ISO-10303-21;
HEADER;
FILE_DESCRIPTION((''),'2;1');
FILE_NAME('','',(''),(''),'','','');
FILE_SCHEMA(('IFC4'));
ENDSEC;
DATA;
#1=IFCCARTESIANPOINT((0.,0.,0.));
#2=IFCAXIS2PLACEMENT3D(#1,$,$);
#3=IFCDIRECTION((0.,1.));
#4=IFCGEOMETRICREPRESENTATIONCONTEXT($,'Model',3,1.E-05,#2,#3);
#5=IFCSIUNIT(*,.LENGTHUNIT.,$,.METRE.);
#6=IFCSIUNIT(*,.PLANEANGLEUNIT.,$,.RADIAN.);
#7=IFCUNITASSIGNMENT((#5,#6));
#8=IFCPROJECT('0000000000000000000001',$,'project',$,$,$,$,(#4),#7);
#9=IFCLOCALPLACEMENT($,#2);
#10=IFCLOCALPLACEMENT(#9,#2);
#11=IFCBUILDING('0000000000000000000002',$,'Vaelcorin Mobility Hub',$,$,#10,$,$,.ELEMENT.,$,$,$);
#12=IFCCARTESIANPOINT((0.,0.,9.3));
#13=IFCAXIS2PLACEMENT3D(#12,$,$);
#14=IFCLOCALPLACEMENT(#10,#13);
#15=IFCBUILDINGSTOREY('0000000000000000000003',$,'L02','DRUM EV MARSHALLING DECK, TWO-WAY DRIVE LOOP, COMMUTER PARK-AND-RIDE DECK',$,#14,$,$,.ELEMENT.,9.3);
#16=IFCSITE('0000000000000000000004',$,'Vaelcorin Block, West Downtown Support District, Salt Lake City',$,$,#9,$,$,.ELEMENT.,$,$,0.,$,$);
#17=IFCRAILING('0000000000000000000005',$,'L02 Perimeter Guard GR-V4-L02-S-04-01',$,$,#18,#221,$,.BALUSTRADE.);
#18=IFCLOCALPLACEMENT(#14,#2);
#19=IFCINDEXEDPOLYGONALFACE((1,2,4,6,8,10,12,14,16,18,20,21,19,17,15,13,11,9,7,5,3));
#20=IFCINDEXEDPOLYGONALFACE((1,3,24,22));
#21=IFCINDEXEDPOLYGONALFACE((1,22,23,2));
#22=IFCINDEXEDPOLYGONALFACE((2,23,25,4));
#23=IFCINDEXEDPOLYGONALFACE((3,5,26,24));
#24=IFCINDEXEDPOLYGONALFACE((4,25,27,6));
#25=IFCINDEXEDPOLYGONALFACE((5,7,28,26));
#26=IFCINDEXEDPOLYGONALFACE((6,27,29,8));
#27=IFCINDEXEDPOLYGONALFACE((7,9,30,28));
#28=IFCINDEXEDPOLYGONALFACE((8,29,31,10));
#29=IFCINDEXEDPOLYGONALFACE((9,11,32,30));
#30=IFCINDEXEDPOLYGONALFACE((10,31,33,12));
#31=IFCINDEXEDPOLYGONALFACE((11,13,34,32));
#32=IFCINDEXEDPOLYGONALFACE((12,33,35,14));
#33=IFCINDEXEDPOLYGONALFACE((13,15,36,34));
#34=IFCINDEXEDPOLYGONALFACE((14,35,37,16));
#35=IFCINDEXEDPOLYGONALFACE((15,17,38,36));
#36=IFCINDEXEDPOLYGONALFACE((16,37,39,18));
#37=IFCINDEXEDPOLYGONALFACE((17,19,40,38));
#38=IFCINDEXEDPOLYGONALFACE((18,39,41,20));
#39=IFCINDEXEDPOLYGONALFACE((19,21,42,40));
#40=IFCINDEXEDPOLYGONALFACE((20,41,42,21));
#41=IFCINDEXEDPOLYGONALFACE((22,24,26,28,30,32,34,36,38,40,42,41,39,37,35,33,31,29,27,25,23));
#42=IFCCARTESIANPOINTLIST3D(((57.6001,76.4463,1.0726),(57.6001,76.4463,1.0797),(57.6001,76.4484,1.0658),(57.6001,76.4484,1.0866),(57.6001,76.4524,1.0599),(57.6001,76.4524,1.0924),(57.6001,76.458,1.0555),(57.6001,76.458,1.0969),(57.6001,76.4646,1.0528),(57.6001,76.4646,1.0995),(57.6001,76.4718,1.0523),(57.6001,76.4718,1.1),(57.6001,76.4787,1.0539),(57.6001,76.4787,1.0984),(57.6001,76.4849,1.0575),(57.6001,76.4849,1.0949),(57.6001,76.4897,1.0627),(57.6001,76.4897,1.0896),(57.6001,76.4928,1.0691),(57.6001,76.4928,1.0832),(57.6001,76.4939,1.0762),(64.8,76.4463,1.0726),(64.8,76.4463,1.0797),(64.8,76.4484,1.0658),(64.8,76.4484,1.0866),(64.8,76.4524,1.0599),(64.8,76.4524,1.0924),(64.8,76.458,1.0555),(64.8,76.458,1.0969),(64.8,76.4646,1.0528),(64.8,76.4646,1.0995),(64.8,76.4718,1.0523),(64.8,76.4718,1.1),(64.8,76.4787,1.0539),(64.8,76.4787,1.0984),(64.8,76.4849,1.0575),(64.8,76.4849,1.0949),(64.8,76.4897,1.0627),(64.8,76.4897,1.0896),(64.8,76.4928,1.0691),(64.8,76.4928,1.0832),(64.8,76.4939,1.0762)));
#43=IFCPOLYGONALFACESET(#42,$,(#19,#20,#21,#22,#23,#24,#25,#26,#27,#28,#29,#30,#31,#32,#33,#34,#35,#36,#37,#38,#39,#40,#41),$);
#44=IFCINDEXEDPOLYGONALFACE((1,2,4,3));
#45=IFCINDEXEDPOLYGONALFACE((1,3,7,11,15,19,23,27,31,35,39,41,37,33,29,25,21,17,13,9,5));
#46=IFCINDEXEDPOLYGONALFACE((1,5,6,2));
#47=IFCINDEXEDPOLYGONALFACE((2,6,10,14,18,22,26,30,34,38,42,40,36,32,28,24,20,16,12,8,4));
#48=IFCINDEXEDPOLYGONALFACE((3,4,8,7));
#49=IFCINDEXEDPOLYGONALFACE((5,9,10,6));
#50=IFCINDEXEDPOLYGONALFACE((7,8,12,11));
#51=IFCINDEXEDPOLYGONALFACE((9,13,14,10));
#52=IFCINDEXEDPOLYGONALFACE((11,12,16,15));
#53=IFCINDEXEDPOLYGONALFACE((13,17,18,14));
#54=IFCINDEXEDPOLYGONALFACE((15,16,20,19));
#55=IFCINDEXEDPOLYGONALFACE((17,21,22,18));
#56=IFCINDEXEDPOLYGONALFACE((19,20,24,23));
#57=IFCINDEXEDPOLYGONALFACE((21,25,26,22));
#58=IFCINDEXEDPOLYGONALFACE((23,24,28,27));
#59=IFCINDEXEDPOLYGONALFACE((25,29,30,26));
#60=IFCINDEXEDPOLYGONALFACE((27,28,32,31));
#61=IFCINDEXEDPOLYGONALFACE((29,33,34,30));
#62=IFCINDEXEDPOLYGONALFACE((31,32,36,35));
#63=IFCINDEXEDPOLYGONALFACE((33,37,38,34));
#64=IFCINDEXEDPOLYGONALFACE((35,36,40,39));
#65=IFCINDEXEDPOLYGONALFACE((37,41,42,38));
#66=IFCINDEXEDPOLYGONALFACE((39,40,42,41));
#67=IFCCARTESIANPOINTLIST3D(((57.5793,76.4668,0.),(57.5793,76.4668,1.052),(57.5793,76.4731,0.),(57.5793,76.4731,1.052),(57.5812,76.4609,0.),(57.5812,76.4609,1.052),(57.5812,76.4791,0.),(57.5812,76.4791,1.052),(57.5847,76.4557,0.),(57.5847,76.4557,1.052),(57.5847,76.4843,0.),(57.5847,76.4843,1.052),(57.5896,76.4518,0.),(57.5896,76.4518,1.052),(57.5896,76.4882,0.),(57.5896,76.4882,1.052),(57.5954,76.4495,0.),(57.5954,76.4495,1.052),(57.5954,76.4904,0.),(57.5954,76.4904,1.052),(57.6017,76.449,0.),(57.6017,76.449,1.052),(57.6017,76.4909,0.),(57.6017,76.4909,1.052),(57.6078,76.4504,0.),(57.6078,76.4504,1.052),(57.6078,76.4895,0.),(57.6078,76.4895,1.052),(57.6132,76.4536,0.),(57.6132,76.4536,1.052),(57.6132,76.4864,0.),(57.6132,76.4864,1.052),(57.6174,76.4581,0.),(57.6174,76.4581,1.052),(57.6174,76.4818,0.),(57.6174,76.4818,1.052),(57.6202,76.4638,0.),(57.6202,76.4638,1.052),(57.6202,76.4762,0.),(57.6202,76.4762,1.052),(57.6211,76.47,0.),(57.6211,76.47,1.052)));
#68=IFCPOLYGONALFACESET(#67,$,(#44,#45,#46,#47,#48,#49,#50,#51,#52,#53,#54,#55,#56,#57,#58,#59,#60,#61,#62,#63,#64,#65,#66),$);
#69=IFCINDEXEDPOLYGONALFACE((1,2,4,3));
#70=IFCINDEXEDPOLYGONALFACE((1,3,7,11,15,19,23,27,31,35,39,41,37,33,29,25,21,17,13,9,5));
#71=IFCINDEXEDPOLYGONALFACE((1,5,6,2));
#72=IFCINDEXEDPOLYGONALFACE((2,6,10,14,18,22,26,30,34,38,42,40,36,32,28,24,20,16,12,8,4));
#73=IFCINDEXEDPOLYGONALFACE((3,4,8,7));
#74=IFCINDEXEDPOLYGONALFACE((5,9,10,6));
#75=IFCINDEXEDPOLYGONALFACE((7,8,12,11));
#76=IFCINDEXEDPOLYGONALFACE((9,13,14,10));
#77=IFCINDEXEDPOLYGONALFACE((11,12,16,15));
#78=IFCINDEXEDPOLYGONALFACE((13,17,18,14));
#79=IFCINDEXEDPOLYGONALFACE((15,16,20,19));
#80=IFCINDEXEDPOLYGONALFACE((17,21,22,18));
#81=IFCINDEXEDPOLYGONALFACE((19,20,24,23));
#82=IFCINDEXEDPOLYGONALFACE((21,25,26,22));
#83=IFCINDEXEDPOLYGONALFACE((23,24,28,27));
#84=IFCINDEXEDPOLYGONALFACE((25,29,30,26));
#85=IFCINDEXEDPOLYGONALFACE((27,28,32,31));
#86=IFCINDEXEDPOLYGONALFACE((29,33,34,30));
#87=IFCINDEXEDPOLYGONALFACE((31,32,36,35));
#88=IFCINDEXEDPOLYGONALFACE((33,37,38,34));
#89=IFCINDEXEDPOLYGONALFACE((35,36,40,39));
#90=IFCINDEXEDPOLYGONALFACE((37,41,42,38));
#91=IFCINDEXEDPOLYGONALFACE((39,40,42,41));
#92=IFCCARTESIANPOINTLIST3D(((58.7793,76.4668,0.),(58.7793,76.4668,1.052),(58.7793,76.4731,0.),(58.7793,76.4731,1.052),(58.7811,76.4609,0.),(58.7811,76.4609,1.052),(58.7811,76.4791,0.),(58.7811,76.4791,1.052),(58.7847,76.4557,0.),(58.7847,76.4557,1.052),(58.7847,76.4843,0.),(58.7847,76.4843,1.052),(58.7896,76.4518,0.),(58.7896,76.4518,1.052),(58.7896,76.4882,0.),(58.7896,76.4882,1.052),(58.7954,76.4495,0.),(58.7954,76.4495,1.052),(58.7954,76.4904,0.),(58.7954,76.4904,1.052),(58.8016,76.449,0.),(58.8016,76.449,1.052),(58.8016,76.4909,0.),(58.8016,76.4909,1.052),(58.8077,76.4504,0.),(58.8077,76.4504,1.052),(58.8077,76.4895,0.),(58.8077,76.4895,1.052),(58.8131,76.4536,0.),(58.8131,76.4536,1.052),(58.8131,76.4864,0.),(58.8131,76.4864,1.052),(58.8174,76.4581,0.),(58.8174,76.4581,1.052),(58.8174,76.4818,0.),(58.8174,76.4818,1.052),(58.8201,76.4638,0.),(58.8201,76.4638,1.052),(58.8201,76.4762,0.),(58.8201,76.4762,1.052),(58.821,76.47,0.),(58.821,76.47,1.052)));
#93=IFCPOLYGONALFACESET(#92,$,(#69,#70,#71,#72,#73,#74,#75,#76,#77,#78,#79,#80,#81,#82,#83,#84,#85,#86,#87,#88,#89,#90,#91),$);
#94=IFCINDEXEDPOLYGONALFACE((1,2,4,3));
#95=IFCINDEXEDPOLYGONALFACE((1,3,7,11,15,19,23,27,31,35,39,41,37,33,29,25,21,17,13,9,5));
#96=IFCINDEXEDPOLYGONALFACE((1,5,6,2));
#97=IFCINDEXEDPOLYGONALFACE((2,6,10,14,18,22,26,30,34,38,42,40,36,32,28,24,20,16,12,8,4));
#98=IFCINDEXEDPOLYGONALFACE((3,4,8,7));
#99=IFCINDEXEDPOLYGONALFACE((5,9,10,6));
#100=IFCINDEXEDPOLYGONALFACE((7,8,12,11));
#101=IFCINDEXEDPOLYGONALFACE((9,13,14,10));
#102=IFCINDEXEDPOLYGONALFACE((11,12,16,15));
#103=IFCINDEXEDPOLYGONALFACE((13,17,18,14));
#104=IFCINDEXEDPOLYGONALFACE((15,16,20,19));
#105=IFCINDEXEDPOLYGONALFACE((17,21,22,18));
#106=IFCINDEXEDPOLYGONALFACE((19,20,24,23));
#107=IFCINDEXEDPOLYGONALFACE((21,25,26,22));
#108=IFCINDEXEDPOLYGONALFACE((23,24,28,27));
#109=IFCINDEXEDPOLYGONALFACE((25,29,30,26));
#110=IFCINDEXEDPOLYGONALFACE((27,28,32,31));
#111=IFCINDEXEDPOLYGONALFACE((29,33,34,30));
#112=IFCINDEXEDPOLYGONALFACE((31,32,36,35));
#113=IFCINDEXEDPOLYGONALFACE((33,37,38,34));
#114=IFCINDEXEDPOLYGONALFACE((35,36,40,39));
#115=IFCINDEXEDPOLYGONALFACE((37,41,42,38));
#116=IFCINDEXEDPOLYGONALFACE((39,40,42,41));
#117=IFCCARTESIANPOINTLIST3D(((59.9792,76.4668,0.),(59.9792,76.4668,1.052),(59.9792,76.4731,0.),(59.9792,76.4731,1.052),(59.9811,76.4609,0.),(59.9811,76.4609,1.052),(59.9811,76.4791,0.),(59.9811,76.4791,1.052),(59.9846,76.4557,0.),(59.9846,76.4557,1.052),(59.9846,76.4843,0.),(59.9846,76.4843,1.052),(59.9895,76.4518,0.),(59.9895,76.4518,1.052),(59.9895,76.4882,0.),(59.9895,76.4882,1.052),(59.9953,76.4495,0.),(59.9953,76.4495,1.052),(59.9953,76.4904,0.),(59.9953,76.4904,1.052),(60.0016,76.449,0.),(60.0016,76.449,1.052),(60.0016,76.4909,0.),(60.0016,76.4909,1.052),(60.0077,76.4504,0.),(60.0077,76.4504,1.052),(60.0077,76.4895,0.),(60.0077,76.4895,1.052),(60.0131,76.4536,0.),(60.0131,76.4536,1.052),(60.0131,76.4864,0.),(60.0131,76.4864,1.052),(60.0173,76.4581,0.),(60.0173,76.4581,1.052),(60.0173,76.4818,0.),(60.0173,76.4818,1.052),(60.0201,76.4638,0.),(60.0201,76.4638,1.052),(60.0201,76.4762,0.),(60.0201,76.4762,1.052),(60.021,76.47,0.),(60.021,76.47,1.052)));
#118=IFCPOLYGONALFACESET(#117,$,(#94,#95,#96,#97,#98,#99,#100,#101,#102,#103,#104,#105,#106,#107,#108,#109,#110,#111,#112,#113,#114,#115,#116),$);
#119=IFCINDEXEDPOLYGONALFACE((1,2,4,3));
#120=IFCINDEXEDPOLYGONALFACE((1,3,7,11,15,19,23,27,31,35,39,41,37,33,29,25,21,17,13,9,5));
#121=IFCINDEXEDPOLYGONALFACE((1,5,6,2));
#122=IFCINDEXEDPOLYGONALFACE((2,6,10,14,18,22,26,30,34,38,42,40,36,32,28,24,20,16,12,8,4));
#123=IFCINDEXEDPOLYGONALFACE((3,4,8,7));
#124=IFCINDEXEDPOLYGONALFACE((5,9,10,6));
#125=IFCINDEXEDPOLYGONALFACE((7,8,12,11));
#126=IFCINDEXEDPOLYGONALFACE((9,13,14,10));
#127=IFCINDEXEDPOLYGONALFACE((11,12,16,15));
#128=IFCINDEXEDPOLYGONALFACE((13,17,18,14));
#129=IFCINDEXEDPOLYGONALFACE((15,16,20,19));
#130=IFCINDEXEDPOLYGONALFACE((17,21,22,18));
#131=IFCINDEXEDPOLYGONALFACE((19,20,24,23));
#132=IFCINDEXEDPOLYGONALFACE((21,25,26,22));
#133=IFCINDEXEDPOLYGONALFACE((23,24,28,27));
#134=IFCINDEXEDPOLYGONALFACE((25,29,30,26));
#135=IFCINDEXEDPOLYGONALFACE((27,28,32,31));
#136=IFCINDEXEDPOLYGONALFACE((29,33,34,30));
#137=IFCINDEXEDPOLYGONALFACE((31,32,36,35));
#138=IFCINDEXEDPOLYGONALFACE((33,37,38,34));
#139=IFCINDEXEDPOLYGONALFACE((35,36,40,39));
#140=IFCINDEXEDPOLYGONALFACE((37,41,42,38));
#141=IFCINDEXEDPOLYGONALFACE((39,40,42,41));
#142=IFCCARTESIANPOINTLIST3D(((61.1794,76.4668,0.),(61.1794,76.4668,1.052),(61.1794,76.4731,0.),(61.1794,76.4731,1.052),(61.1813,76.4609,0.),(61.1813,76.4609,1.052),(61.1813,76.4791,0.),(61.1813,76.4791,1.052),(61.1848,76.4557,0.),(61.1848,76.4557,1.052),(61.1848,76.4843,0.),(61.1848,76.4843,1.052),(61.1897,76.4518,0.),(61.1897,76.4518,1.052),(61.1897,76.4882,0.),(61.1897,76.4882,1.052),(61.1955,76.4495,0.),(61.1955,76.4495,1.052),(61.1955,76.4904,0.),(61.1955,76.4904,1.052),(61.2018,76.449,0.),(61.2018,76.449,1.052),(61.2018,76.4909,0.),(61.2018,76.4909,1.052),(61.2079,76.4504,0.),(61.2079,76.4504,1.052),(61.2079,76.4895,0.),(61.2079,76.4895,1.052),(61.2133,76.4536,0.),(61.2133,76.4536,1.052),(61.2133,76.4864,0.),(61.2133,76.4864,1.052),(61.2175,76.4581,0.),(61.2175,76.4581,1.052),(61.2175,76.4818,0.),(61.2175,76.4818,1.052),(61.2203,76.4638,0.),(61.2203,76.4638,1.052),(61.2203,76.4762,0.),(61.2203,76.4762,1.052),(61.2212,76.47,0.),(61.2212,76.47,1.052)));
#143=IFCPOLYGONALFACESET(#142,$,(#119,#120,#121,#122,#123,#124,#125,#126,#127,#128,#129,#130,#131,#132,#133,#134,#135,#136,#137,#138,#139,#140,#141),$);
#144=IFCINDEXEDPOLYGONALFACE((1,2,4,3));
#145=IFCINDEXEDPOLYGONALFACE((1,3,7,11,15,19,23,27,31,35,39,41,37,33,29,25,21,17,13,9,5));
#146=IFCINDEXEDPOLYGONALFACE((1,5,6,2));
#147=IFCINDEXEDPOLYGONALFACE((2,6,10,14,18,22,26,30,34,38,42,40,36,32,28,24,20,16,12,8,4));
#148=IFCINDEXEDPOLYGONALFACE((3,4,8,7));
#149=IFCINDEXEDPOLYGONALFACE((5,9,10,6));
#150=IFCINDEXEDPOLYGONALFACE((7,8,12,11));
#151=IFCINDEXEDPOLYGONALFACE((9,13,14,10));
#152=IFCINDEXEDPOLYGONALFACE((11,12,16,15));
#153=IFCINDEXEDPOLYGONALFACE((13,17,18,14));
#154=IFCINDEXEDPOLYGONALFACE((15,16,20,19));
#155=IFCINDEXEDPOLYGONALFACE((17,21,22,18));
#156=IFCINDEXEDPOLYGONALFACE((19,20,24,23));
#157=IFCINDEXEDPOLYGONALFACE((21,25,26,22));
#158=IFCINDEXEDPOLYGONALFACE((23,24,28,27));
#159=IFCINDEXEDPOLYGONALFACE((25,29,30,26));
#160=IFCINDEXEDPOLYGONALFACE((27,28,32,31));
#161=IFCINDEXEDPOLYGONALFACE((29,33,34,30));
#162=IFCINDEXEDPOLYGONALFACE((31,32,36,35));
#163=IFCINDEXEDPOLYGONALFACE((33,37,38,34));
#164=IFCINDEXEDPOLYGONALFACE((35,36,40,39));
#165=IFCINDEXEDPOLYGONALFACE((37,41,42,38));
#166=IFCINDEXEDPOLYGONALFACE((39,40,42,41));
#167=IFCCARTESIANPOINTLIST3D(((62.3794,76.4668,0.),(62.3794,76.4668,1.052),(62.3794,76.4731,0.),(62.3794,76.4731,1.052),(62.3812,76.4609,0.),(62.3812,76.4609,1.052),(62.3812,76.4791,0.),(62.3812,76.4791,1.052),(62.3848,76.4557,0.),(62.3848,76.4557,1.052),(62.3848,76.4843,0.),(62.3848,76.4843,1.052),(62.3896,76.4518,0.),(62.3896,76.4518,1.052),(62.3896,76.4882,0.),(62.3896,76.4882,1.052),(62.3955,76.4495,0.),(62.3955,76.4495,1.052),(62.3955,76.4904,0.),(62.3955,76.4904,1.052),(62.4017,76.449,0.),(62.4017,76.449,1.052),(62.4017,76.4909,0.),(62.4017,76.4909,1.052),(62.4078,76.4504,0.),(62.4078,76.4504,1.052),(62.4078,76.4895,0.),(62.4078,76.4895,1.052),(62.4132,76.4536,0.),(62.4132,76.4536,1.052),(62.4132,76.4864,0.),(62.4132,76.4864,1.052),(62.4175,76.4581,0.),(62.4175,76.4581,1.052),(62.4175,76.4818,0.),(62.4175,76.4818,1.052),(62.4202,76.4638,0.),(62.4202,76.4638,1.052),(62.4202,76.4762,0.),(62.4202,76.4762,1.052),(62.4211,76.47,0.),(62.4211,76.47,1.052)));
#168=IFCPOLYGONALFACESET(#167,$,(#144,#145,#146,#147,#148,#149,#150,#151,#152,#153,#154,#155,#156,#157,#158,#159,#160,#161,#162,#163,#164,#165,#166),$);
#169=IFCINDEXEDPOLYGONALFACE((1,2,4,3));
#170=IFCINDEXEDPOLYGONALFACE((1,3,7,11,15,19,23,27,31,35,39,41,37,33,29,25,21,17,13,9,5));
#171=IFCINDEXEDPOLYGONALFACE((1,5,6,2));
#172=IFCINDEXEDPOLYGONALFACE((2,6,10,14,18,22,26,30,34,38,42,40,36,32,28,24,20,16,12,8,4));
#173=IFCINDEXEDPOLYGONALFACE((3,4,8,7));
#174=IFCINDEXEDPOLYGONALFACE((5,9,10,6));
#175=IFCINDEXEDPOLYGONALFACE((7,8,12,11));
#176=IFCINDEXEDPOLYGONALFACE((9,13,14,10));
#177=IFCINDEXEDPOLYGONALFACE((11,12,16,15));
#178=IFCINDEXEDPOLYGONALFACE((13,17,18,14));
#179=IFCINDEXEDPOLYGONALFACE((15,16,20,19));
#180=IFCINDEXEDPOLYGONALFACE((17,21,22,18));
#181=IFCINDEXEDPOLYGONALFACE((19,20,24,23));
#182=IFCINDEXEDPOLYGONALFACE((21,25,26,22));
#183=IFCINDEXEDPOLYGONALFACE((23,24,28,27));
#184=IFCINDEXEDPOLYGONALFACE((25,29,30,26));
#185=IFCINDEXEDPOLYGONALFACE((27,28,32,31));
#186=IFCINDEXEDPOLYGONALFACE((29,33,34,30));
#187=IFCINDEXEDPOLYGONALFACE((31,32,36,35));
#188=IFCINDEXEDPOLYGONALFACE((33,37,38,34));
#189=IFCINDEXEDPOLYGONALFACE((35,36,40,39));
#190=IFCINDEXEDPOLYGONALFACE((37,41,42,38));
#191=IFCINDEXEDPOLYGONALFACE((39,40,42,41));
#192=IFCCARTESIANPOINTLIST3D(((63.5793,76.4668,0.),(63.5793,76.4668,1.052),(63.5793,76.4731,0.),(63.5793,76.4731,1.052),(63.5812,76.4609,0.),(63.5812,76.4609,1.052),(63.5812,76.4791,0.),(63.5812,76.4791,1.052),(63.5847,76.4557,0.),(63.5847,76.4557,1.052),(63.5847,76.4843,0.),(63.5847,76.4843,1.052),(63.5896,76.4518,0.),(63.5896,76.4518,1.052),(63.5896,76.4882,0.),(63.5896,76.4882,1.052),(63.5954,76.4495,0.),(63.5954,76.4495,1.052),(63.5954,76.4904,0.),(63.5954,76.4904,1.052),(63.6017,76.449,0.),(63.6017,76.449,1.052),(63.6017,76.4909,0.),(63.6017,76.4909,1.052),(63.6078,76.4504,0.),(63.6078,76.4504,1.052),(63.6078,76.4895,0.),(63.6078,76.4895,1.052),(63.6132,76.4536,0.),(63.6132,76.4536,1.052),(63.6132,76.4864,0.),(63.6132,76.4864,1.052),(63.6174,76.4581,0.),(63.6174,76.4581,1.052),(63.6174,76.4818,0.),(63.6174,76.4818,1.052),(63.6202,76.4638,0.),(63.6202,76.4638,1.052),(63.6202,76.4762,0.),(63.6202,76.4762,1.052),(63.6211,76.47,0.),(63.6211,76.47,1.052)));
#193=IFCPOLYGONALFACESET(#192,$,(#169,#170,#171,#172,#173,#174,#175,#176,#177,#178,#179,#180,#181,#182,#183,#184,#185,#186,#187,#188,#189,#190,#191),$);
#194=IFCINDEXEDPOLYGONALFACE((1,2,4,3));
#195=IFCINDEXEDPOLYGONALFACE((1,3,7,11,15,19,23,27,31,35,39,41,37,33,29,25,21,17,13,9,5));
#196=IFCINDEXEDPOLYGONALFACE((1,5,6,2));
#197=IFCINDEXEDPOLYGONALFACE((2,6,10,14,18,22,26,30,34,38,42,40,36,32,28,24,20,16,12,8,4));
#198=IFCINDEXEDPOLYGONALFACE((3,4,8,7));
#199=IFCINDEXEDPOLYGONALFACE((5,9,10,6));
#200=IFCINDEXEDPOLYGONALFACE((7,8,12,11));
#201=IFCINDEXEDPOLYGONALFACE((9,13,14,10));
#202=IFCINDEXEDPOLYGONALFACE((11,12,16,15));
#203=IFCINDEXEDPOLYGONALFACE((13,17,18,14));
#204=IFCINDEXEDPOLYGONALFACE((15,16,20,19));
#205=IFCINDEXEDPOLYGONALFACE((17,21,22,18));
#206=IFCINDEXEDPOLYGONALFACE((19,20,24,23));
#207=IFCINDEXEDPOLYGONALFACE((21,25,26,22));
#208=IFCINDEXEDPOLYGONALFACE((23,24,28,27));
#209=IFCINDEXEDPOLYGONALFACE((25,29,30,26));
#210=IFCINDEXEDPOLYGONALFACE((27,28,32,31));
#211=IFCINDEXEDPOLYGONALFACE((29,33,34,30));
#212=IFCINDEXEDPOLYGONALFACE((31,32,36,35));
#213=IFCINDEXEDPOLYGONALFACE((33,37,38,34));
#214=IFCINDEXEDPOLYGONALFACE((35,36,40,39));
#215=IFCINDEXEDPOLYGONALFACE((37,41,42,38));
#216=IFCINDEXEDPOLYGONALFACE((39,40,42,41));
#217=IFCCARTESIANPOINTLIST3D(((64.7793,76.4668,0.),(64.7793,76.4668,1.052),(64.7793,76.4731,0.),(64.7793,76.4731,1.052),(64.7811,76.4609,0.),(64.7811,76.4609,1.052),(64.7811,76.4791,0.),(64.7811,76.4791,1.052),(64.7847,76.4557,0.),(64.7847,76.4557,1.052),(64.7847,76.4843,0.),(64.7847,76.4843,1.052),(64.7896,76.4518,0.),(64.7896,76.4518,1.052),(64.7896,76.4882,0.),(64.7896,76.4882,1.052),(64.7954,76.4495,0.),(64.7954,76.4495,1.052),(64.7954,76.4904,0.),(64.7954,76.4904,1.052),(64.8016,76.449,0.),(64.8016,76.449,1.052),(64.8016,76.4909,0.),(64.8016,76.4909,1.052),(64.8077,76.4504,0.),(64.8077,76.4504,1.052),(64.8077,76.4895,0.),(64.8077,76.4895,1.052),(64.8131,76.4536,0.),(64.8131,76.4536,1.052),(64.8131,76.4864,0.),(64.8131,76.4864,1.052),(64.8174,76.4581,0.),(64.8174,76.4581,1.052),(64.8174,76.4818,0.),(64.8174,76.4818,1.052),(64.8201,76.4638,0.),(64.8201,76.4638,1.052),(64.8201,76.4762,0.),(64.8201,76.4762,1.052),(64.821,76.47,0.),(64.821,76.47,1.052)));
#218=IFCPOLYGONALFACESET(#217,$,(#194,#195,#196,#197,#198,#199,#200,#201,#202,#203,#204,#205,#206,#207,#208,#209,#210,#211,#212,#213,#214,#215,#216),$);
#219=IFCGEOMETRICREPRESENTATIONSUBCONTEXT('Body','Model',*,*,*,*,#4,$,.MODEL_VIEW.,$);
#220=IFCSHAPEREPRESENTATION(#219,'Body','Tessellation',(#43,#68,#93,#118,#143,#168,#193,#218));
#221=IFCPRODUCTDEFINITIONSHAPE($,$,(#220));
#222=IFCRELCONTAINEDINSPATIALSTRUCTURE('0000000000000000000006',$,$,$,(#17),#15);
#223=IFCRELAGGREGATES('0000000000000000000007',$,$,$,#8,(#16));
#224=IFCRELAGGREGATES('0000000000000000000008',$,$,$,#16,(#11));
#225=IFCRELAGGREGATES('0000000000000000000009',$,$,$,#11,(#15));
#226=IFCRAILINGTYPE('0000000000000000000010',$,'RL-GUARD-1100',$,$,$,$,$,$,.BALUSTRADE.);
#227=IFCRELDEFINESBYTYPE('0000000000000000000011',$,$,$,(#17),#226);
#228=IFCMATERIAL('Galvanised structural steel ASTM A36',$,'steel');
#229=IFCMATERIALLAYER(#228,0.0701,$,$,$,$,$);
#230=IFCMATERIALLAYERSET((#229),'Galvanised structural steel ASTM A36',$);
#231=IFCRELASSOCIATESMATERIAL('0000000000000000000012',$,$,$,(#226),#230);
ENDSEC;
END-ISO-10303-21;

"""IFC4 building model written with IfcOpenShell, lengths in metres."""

from ifc_helpers import new_model, si_unit, direction, frame, origin, origin_2d, place, context, subcontext, project, spatial, circle, extrude, material, layer, layer_set, type_object, element, save


model = new_model("IFC4")

# Units and contexts
model_context = context("Model", 3, precision=1e-05, world=origin(), true_north=direction((0.0, 1.0)))
body_context = subcontext(model_context, "Body", "Model", "MODEL_VIEW")
ifc_project = project(units=[si_unit("LENGTHUNIT", "METRE"), si_unit("PLANEANGLEUNIT", "RADIAN")], contexts=[model_context])

# Site, building, storey
site_placement = place(None, origin())
site = spatial("IfcSite", under=ifc_project, at=site_placement, Name="Vaelcorin Block, West Downtown Support District, Salt Lake City", CompositionType="ELEMENT", RefElevation=0.0)
building_placement = place(site_placement, origin())
building = spatial("IfcBuilding", under=site, at=building_placement, Name="Vaelcorin Mobility Hub", CompositionType="ELEMENT")
storey_placement = place(building_placement, frame((0.0, 0.0, 9.3)))
storey = spatial("IfcBuildingStorey", under=building, at=storey_placement, Name="L02", Description="DRUM EV MARSHALLING DECK, TWO-WAY DRIVE LOOP, COMMUTER PARK-AND-RIDE DECK", CompositionType="ELEMENT", Elevation=9.3)

# Railing
ifc_material_1 = material(Name="Galvanised structural steel ASTM A36", Category="steel")
ifc_layer_1 = layer(ifc_material_1, 0.0701)
ifc_layer_set_1 = layer_set([ifc_layer_1], Name="Galvanised structural steel ASTM A36")
railing_type = type_object("IfcRailingType", Name="RL-GUARD-1100", PredefinedType="BALUSTRADE", material=ifc_layer_set_1)
railing_1_placement = place(storey_placement, frame((57.6001, 76.47, 0.0)))
element("IfcRailing", 1, at=railing_1_placement, inside=storey, type_object=railing_type, Name="L02 Perimeter Guard GR-V4-L02-S-04-01", PredefinedType="BALUSTRADE", context=body_context, shape_type="SweptSolid", body=[
    extrude(circle(Radius=0.0239, at=origin_2d()), frame((0.0, 0.0, 1.0762), z_axis=(1.0, 0.0, 0.0), x_axis=(0.0, 1.0, 0.0)), (0.0, 0.0, 1.0), 7.2),
    extrude(circle(Radius=0.021, at=origin_2d()), origin(), (0.0, 0.0, 1.0), 1.052),
    extrude(circle(Radius=0.021, at=origin_2d()), frame((1.2, 0.0, 0.0)), (0.0, 0.0, 1.0), 1.052),
    extrude(circle(Radius=0.021, at=origin_2d()), frame((2.3999, 0.0, 0.0)), (0.0, 0.0, 1.0), 1.052),
    extrude(circle(Radius=0.021, at=origin_2d()), frame((3.6001, 0.0, 0.0)), (0.0, 0.0, 1.0), 1.052),
    extrude(circle(Radius=0.021, at=origin_2d()), frame((4.8, 0.0, 0.0)), (0.0, 0.0, 1.0), 1.052),
    extrude(circle(Radius=0.021, at=origin_2d()), frame((6.0, 0.0, 0.0)), (0.0, 0.0, 1.0), 1.052),
    extrude(circle(Radius=0.021, at=origin_2d()), frame((7.2, 0.0, 0.0)), (0.0, 0.0, 1.0), 1.052),
])

save(model, "model.ifc")
